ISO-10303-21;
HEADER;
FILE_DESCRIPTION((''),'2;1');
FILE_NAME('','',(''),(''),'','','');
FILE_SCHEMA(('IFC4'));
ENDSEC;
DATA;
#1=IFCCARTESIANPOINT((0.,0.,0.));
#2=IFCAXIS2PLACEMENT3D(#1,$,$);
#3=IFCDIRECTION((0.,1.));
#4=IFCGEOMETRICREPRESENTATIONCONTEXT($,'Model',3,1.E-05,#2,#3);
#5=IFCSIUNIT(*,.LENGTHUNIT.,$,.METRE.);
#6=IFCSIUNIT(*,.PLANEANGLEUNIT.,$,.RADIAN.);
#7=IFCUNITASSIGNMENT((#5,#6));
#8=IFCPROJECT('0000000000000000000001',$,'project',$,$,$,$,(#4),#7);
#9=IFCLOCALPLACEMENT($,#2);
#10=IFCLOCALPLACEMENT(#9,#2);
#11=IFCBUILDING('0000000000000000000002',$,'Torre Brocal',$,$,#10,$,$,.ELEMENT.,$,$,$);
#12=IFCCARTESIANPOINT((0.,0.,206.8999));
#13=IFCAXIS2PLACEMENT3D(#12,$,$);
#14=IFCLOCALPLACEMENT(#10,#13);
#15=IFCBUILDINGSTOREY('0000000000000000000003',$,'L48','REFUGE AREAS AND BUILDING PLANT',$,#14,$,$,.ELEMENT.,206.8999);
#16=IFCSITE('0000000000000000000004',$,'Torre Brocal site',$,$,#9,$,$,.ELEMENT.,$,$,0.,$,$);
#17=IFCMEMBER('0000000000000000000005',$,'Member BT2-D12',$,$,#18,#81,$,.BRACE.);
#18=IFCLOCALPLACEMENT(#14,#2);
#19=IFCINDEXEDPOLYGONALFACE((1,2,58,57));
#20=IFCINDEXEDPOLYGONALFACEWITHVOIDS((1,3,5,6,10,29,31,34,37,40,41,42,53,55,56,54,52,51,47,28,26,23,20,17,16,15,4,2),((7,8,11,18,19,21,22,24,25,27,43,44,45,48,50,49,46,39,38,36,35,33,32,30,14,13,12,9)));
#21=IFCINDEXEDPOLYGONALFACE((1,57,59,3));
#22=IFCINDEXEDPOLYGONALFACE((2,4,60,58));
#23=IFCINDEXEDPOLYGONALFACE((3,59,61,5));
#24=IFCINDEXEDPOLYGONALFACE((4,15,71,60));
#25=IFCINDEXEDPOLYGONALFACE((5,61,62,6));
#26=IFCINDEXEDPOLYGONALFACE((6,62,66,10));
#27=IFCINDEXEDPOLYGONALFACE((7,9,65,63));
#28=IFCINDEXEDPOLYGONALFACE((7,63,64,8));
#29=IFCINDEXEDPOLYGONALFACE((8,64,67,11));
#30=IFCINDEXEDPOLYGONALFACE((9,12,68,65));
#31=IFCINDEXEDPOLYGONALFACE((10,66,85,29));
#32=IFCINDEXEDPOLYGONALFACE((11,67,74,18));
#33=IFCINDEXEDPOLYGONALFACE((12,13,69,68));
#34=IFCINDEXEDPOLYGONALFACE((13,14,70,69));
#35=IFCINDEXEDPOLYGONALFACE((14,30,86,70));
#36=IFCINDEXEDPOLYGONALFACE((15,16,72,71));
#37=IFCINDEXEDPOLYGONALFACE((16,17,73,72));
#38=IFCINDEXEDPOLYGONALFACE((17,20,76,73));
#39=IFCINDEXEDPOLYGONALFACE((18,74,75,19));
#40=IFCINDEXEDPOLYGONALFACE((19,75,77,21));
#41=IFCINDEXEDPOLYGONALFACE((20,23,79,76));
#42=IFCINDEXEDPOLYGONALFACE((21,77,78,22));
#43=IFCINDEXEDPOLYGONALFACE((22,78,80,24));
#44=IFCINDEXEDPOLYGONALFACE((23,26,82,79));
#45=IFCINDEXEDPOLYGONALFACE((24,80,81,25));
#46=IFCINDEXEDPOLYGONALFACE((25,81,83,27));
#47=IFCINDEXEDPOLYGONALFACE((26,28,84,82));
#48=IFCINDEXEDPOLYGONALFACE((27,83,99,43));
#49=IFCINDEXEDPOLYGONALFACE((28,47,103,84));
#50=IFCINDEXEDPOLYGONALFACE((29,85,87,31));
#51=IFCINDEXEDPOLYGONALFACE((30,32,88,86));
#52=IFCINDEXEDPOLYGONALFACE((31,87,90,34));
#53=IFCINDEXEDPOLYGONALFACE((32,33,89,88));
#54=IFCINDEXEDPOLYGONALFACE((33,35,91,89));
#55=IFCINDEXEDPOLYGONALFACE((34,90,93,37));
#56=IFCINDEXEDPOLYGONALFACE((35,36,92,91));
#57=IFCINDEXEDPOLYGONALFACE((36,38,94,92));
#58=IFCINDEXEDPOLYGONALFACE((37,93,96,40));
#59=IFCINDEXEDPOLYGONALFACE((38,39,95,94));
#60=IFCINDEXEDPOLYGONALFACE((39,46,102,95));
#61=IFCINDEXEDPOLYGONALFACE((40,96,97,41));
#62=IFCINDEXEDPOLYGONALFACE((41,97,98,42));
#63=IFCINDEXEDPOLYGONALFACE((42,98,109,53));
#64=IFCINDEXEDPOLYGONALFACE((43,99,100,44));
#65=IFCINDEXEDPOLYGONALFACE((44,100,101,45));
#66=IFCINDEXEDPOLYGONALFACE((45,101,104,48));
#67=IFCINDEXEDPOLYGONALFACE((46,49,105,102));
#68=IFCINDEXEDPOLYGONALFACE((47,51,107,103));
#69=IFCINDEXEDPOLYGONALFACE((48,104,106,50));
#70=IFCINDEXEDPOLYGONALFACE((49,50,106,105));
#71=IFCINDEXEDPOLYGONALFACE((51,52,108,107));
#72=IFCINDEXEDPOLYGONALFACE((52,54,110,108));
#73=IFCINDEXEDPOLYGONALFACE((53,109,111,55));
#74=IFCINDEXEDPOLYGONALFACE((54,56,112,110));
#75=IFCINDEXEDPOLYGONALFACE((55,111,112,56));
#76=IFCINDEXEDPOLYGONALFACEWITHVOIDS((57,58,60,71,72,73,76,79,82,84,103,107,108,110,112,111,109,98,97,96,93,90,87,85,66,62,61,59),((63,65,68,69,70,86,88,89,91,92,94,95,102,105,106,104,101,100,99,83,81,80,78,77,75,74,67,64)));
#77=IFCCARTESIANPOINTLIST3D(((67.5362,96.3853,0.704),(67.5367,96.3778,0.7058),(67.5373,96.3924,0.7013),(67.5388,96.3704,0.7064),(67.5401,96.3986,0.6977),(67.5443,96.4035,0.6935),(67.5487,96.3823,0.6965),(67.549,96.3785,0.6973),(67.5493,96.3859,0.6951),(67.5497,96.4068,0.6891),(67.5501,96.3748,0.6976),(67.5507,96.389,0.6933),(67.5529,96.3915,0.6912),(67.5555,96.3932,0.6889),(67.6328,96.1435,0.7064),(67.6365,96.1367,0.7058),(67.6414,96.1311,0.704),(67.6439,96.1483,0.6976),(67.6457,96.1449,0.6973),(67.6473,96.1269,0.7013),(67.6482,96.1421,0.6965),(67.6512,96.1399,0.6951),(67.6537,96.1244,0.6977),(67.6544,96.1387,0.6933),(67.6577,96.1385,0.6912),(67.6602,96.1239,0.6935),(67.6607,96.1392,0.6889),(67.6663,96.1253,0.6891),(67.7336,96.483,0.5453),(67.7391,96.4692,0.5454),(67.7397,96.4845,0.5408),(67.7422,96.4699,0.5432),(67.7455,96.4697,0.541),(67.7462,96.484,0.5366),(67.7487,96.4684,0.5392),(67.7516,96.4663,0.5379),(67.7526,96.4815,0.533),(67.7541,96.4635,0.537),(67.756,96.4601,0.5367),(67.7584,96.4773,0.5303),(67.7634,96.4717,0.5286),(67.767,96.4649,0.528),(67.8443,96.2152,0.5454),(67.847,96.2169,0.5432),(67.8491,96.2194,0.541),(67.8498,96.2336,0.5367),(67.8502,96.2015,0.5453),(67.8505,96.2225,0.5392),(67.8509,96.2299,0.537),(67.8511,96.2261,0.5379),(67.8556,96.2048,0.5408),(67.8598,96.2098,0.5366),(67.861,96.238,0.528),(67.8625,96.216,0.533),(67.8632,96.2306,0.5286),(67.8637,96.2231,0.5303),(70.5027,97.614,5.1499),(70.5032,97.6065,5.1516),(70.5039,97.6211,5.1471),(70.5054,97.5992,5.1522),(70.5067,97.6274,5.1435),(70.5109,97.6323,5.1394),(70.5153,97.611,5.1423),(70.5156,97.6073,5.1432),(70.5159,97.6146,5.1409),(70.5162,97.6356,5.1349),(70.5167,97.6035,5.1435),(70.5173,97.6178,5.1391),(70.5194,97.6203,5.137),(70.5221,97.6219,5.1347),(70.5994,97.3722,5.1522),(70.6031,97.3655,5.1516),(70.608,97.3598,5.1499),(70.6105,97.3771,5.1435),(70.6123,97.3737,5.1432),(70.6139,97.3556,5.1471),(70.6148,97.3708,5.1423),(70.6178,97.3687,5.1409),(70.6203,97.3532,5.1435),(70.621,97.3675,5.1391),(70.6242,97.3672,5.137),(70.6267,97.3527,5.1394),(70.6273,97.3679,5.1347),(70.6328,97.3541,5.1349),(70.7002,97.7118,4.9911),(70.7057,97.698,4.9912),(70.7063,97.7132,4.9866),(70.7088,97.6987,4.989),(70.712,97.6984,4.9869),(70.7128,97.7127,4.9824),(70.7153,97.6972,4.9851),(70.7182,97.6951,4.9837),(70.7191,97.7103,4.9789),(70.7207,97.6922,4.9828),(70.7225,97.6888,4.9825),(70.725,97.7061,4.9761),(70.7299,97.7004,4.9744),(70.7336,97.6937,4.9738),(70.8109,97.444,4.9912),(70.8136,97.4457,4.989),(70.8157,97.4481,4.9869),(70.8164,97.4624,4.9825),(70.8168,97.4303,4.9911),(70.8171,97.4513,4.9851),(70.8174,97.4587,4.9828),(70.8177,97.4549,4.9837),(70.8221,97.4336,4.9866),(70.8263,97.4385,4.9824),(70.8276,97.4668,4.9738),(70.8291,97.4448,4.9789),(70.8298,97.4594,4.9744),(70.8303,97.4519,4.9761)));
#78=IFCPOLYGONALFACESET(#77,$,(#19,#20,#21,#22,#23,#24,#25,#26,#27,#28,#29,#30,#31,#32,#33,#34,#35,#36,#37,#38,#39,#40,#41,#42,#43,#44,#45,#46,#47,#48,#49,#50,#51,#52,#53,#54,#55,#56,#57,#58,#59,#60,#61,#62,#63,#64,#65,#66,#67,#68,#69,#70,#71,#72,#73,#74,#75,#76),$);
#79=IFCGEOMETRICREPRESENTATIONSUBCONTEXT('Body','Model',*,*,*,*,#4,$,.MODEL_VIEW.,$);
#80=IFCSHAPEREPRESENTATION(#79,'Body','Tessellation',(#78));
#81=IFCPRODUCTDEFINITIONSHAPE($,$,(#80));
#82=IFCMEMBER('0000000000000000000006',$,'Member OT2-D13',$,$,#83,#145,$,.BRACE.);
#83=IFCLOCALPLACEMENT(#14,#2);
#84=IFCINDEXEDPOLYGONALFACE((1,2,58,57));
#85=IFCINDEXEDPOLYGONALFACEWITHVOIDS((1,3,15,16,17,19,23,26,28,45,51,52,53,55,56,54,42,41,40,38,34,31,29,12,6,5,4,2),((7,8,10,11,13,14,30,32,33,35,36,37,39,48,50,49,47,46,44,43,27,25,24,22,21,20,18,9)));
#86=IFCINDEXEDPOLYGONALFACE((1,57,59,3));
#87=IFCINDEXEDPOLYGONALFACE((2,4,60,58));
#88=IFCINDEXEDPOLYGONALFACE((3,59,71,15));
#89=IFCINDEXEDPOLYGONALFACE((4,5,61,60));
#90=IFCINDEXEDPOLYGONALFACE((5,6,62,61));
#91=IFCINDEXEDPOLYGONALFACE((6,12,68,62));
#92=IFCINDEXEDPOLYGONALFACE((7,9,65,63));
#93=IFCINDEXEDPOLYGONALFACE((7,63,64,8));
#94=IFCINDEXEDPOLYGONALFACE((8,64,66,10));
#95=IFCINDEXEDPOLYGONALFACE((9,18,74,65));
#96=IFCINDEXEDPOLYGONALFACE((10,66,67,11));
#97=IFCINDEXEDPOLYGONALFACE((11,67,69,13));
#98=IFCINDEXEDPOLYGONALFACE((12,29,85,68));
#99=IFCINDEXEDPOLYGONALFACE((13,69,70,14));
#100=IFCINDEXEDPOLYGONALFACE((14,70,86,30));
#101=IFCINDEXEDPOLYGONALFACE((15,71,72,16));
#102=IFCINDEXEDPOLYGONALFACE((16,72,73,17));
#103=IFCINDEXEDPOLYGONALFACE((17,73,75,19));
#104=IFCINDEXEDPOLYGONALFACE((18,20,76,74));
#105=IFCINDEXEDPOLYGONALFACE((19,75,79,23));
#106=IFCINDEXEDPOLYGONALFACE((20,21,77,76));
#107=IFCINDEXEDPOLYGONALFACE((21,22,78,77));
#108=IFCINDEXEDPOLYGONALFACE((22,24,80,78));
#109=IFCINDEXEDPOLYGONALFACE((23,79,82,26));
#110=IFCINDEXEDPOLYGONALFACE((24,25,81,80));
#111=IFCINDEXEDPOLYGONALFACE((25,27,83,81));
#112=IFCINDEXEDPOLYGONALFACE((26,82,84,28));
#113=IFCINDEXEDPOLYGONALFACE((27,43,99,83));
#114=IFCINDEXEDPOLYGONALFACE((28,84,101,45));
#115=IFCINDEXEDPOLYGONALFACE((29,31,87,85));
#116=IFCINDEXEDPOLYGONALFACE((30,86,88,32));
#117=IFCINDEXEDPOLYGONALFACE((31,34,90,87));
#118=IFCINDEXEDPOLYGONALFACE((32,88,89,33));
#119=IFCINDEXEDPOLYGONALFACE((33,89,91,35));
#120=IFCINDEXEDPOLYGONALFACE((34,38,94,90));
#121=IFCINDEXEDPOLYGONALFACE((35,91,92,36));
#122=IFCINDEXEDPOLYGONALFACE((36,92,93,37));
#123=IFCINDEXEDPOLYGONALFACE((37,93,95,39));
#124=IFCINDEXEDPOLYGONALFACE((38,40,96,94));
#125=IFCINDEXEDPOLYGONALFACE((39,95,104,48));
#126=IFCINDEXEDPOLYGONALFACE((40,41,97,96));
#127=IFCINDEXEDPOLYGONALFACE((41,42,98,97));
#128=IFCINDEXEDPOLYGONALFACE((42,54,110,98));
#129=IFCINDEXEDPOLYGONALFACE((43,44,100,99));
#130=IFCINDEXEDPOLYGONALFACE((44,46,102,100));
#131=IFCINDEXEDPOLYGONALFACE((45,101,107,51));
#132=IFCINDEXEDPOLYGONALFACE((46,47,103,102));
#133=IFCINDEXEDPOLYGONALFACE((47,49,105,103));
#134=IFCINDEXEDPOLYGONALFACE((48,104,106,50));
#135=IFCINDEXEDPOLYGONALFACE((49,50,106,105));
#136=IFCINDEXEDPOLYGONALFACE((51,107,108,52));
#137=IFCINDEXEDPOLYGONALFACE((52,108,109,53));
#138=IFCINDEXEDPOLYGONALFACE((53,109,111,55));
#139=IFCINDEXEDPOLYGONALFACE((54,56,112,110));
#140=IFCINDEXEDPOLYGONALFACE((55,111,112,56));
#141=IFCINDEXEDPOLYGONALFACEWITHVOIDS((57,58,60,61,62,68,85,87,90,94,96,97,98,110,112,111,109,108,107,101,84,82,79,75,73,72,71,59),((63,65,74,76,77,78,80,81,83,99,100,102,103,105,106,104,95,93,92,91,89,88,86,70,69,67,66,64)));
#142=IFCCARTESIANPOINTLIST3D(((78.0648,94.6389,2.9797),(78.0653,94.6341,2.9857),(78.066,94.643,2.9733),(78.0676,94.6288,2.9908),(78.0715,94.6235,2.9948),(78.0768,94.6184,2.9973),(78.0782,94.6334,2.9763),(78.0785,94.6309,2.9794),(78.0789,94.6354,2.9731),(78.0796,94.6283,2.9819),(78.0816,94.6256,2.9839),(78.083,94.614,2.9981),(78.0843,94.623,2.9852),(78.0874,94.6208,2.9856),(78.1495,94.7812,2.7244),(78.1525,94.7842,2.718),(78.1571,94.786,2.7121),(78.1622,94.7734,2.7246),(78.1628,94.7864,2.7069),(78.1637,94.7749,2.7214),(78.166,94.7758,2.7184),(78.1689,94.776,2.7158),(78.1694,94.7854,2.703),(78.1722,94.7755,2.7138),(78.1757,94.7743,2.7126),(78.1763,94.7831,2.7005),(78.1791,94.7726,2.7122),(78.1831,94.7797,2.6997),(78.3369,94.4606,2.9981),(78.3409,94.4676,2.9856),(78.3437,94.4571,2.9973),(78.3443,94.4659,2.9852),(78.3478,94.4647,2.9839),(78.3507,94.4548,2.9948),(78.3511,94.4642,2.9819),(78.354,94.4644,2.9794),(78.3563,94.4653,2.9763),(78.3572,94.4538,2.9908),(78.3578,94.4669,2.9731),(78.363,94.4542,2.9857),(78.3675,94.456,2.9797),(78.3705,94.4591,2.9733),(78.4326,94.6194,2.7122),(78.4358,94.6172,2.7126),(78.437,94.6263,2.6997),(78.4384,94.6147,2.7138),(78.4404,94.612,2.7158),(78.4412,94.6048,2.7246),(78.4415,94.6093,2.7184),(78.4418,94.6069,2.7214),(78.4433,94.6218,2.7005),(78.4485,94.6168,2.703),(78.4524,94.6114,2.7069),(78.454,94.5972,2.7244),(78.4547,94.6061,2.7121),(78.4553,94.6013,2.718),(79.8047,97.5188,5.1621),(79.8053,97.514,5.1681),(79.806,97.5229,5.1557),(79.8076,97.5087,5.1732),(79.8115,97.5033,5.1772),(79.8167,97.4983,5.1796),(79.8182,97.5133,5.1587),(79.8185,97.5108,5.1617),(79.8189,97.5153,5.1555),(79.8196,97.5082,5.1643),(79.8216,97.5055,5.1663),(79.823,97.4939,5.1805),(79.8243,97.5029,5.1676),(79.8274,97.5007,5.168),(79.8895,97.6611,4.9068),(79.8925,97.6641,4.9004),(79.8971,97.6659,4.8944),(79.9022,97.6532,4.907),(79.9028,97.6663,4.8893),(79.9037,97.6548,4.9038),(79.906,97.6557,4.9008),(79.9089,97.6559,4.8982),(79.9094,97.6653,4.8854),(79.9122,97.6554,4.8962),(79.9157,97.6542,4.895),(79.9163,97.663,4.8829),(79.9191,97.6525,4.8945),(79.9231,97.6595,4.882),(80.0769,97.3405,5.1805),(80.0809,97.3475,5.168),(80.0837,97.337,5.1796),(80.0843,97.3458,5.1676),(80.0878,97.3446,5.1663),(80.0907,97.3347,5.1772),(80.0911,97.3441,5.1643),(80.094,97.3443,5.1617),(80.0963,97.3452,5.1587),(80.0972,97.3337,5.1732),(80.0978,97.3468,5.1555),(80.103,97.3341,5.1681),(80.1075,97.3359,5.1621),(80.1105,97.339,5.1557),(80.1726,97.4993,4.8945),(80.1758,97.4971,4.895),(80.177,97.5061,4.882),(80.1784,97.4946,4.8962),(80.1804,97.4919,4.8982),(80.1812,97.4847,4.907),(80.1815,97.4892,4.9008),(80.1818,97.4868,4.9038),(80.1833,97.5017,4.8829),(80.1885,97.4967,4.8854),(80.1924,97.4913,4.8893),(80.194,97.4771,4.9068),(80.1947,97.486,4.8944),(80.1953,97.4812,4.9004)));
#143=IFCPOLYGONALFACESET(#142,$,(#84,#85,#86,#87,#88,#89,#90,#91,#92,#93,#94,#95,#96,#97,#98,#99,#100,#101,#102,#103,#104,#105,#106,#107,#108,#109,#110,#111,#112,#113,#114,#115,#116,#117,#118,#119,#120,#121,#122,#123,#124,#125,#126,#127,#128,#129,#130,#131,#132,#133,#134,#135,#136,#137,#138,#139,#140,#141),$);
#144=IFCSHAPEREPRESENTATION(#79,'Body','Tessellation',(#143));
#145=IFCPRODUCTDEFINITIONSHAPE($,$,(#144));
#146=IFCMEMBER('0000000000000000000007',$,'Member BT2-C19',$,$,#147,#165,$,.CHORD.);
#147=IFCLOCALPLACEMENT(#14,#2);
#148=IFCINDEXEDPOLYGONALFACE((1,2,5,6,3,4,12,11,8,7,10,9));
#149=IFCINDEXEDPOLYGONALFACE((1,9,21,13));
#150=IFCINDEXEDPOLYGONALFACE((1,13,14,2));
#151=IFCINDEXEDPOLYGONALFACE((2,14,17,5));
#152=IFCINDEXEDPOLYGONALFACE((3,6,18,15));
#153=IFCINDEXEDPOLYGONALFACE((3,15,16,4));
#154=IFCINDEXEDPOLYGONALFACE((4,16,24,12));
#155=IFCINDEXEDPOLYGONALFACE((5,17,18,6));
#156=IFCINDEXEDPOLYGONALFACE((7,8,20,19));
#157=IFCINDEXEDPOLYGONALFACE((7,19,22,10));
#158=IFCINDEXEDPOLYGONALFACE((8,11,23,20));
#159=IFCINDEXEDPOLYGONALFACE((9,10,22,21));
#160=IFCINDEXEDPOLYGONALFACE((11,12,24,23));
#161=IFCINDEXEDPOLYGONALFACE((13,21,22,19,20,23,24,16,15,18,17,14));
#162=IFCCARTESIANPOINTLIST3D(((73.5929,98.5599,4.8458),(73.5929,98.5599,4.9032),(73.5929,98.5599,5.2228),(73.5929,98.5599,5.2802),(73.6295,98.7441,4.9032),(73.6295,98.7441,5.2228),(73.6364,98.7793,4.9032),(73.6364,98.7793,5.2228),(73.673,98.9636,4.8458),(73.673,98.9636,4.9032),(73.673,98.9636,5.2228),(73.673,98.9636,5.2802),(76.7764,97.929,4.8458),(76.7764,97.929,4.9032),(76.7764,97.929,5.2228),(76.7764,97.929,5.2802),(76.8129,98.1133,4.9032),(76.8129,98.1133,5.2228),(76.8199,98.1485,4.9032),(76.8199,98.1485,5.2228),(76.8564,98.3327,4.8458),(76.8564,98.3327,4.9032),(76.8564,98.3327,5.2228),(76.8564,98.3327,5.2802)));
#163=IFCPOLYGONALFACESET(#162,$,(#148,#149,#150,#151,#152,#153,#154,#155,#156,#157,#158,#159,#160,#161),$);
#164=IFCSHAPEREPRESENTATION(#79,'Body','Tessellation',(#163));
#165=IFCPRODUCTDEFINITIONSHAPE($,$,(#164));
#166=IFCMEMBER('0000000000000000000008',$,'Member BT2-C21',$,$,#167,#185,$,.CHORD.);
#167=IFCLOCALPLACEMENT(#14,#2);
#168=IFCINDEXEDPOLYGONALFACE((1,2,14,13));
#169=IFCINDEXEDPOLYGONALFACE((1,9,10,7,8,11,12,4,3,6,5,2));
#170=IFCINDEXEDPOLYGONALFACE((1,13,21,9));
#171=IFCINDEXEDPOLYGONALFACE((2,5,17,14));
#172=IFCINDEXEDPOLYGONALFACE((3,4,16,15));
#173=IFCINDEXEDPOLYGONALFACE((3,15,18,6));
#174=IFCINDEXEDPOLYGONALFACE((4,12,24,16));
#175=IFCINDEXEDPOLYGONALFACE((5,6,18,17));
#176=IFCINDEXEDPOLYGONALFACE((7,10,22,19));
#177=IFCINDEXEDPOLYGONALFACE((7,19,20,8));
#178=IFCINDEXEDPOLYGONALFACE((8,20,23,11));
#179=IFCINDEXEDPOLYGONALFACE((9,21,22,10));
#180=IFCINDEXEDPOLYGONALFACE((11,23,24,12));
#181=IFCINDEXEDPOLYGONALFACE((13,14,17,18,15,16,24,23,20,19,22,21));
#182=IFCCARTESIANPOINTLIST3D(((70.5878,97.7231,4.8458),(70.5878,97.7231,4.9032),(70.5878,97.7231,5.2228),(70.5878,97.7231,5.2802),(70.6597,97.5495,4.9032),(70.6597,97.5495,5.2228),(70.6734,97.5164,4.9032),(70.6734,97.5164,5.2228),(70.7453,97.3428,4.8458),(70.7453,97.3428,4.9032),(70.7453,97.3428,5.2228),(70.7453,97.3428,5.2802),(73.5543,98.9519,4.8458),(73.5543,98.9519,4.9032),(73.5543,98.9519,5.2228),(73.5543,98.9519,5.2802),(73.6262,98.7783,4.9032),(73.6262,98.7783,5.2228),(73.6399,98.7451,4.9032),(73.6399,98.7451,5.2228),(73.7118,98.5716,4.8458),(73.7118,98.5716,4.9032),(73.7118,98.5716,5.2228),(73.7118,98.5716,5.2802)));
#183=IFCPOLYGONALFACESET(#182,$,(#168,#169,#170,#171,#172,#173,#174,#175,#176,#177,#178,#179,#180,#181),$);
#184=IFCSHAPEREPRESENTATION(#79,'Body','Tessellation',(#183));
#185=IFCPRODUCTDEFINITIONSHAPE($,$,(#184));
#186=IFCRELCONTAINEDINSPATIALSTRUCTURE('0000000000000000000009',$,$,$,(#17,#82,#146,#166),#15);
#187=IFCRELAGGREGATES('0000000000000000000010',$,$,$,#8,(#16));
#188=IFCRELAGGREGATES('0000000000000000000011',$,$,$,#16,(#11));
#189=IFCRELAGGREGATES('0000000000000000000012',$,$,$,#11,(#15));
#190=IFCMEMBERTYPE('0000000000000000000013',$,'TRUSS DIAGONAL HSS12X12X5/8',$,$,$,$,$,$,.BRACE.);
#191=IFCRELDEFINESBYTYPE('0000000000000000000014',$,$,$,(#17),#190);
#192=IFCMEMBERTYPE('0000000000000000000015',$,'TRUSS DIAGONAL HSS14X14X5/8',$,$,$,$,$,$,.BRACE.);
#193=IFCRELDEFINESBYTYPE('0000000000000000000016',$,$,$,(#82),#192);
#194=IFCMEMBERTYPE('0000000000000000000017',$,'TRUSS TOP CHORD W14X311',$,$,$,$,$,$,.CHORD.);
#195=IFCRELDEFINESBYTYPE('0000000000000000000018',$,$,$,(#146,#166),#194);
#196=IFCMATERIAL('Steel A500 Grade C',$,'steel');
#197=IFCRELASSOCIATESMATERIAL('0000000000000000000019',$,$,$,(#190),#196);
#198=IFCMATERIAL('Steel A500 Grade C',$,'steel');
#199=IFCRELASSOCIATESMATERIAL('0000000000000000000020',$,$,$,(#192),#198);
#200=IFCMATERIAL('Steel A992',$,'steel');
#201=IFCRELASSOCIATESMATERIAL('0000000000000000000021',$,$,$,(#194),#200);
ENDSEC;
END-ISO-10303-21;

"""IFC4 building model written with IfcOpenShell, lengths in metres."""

from ifc_helpers import new_model, si_unit, direction, frame, origin, origin_2d, place, context, subcontext, project, spatial, hollow_rectangle, i_section, extrude, material, material_profile, profile_set, type_object, element, save


model = new_model("IFC4")

# Units and contexts
model_context = context("Model", 3, precision=1e-05, world=origin(), true_north=direction((0.0, 1.0)))
body_context = subcontext(model_context, "Body", "Model", "MODEL_VIEW")
ifc_project = project(units=[si_unit("LENGTHUNIT", "METRE"), si_unit("PLANEANGLEUNIT", "RADIAN")], contexts=[model_context])

# Site, building, storey
site_placement = place(None, origin())
site = spatial("IfcSite", under=ifc_project, at=site_placement, Name="Torre Brocal site", CompositionType="ELEMENT", RefElevation=0.0)
building_placement = place(site_placement, origin())
building = spatial("IfcBuilding", under=site, at=building_placement, Name="Torre Brocal", CompositionType="ELEMENT")
storey_placement = place(building_placement, frame((0.0, 0.0, 206.8999)))
storey = spatial("IfcBuildingStorey", under=building, at=storey_placement, Name="L48", Description="REFUGE AREAS AND BUILDING PLANT", CompositionType="ELEMENT", Elevation=206.8999)

# Members
ifc_material_1 = material(Name="Steel A500 Grade C", Category="steel")
ifc_material_profile_1 = material_profile(ifc_material_1, hollow_rectangle(XDim=0.3047, YDim=0.3047, WallThickness=0.0149, InnerFilletRadius=0.0149, OuterFilletRadius=0.0295, at=origin_2d()), Name="HSS12X12X5/8")
ifc_profile_set_1 = profile_set([ifc_material_profile_1], Name="Steel A500 Grade C")
member_type_1 = type_object("IfcMemberType", Name="TRUSS DIAGONAL HSS12X12X5/8", PredefinedType="BRACE", material=ifc_profile_set_1)
for number, where, z_axis, x_axis, name in (
    (1, (70.6665, 97.533, 5.063), (-0.540936, -0.224058, -0.81067), (0.382676, -0.923882, 0.0), "Member BT2-D12"),
):
    element("IfcMember", number, at=place(storey_placement, frame(where, z_axis=z_axis, x_axis=x_axis)), inside=storey, type_object=member_type_1, Name=name, PredefinedType="BRACE", context=body_context, shape_type="SweptSolid", body=[
        extrude(hollow_rectangle(XDim=0.3047, YDim=0.3047, WallThickness=0.0149, InnerFilletRadius=0.0149, OuterFilletRadius=0.0295, at=origin_2d()), origin(), (0.0, 0.0, 1.0), 5.4841),
    ])
ifc_material_2 = material(Name="Steel A500 Grade C", Category="steel")
ifc_material_profile_2 = material_profile(ifc_material_2, hollow_rectangle(XDim=0.3557, YDim=0.3557, WallThickness=0.0149, InnerFilletRadius=0.0149, OuterFilletRadius=0.0295, at=origin_2d()), Name="HSS14X14X5/8")
ifc_profile_set_2 = profile_set([ifc_material_profile_2], Name="Steel A500 Grade C")
member_type_2 = type_object("IfcMemberType", Name="TRUSS DIAGONAL HSS14X14X5/8", PredefinedType="BRACE", material=ifc_profile_set_2)
member_1_placement = place(storey_placement, frame((78.26, 94.6201, 2.8489), z_axis=(0.43386, 0.718087, 0.544166), x_axis=(-0.855908, 0.517129, 0.0)))
element("IfcMember", 2, at=member_1_placement, inside=storey, type_object=member_type_2, Name="Member OT2-D13", PredefinedType="BRACE", context=body_context, shape_type="SweptSolid", body=[
    extrude(hollow_rectangle(XDim=0.3557, YDim=0.3557, WallThickness=0.0149, InnerFilletRadius=0.0149, OuterFilletRadius=0.0295, at=origin_2d()), origin(), (0.0, 0.0, 1.0), 4.0105),
])
ifc_material_3 = material(Name="Steel A992", Category="steel")
ifc_material_profile_3 = material_profile(ifc_material_3, i_section(OverallWidth=0.4116, OverallDepth=0.4343, WebThickness=0.0359, FlangeThickness=0.0574, at=origin_2d()), Name="W14X311")
ifc_profile_set_3 = profile_set([ifc_material_profile_3], Name="Steel A992")
member_type_3 = type_object("IfcMemberType", Name="TRUSS TOP CHORD W14X311", PredefinedType="CHORD", material=ifc_profile_set_3)
member_2_placement = place(storey_placement, frame((76.8164, 98.1309, 5.063), z_axis=(-0.980923, 0.194394, 0.0), x_axis=(-0.194394, -0.980923, 0.0)))
element("IfcMember", 3, at=member_2_placement, inside=storey, type_object=member_type_3, Name="Member BT2-C19", PredefinedType="CHORD", context=body_context, shape_type="SweptSolid", body=[
    extrude(i_section(OverallWidth=0.4116, OverallDepth=0.4343, WebThickness=0.0359, FlangeThickness=0.0574, at=origin_2d()), origin(), (0.0, 0.0, 1.0), 3.2454),
])
member_3_placement = place(storey_placement, frame((73.6331, 98.7617, 5.063), z_axis=(-0.923882, -0.382676, 0.0), x_axis=(0.382676, -0.923882, 0.0)))
element("IfcMember", 4, at=member_3_placement, inside=storey, type_object=member_type_3, Name="Member BT2-C21", PredefinedType="CHORD", context=body_context, shape_type="SweptSolid", body=[
    extrude(i_section(OverallWidth=0.4116, OverallDepth=0.4343, WebThickness=0.0359, FlangeThickness=0.0574, at=origin_2d()), origin(), (0.0, 0.0, 1.0), 3.2109),
])

save(model, "model.ifc")
